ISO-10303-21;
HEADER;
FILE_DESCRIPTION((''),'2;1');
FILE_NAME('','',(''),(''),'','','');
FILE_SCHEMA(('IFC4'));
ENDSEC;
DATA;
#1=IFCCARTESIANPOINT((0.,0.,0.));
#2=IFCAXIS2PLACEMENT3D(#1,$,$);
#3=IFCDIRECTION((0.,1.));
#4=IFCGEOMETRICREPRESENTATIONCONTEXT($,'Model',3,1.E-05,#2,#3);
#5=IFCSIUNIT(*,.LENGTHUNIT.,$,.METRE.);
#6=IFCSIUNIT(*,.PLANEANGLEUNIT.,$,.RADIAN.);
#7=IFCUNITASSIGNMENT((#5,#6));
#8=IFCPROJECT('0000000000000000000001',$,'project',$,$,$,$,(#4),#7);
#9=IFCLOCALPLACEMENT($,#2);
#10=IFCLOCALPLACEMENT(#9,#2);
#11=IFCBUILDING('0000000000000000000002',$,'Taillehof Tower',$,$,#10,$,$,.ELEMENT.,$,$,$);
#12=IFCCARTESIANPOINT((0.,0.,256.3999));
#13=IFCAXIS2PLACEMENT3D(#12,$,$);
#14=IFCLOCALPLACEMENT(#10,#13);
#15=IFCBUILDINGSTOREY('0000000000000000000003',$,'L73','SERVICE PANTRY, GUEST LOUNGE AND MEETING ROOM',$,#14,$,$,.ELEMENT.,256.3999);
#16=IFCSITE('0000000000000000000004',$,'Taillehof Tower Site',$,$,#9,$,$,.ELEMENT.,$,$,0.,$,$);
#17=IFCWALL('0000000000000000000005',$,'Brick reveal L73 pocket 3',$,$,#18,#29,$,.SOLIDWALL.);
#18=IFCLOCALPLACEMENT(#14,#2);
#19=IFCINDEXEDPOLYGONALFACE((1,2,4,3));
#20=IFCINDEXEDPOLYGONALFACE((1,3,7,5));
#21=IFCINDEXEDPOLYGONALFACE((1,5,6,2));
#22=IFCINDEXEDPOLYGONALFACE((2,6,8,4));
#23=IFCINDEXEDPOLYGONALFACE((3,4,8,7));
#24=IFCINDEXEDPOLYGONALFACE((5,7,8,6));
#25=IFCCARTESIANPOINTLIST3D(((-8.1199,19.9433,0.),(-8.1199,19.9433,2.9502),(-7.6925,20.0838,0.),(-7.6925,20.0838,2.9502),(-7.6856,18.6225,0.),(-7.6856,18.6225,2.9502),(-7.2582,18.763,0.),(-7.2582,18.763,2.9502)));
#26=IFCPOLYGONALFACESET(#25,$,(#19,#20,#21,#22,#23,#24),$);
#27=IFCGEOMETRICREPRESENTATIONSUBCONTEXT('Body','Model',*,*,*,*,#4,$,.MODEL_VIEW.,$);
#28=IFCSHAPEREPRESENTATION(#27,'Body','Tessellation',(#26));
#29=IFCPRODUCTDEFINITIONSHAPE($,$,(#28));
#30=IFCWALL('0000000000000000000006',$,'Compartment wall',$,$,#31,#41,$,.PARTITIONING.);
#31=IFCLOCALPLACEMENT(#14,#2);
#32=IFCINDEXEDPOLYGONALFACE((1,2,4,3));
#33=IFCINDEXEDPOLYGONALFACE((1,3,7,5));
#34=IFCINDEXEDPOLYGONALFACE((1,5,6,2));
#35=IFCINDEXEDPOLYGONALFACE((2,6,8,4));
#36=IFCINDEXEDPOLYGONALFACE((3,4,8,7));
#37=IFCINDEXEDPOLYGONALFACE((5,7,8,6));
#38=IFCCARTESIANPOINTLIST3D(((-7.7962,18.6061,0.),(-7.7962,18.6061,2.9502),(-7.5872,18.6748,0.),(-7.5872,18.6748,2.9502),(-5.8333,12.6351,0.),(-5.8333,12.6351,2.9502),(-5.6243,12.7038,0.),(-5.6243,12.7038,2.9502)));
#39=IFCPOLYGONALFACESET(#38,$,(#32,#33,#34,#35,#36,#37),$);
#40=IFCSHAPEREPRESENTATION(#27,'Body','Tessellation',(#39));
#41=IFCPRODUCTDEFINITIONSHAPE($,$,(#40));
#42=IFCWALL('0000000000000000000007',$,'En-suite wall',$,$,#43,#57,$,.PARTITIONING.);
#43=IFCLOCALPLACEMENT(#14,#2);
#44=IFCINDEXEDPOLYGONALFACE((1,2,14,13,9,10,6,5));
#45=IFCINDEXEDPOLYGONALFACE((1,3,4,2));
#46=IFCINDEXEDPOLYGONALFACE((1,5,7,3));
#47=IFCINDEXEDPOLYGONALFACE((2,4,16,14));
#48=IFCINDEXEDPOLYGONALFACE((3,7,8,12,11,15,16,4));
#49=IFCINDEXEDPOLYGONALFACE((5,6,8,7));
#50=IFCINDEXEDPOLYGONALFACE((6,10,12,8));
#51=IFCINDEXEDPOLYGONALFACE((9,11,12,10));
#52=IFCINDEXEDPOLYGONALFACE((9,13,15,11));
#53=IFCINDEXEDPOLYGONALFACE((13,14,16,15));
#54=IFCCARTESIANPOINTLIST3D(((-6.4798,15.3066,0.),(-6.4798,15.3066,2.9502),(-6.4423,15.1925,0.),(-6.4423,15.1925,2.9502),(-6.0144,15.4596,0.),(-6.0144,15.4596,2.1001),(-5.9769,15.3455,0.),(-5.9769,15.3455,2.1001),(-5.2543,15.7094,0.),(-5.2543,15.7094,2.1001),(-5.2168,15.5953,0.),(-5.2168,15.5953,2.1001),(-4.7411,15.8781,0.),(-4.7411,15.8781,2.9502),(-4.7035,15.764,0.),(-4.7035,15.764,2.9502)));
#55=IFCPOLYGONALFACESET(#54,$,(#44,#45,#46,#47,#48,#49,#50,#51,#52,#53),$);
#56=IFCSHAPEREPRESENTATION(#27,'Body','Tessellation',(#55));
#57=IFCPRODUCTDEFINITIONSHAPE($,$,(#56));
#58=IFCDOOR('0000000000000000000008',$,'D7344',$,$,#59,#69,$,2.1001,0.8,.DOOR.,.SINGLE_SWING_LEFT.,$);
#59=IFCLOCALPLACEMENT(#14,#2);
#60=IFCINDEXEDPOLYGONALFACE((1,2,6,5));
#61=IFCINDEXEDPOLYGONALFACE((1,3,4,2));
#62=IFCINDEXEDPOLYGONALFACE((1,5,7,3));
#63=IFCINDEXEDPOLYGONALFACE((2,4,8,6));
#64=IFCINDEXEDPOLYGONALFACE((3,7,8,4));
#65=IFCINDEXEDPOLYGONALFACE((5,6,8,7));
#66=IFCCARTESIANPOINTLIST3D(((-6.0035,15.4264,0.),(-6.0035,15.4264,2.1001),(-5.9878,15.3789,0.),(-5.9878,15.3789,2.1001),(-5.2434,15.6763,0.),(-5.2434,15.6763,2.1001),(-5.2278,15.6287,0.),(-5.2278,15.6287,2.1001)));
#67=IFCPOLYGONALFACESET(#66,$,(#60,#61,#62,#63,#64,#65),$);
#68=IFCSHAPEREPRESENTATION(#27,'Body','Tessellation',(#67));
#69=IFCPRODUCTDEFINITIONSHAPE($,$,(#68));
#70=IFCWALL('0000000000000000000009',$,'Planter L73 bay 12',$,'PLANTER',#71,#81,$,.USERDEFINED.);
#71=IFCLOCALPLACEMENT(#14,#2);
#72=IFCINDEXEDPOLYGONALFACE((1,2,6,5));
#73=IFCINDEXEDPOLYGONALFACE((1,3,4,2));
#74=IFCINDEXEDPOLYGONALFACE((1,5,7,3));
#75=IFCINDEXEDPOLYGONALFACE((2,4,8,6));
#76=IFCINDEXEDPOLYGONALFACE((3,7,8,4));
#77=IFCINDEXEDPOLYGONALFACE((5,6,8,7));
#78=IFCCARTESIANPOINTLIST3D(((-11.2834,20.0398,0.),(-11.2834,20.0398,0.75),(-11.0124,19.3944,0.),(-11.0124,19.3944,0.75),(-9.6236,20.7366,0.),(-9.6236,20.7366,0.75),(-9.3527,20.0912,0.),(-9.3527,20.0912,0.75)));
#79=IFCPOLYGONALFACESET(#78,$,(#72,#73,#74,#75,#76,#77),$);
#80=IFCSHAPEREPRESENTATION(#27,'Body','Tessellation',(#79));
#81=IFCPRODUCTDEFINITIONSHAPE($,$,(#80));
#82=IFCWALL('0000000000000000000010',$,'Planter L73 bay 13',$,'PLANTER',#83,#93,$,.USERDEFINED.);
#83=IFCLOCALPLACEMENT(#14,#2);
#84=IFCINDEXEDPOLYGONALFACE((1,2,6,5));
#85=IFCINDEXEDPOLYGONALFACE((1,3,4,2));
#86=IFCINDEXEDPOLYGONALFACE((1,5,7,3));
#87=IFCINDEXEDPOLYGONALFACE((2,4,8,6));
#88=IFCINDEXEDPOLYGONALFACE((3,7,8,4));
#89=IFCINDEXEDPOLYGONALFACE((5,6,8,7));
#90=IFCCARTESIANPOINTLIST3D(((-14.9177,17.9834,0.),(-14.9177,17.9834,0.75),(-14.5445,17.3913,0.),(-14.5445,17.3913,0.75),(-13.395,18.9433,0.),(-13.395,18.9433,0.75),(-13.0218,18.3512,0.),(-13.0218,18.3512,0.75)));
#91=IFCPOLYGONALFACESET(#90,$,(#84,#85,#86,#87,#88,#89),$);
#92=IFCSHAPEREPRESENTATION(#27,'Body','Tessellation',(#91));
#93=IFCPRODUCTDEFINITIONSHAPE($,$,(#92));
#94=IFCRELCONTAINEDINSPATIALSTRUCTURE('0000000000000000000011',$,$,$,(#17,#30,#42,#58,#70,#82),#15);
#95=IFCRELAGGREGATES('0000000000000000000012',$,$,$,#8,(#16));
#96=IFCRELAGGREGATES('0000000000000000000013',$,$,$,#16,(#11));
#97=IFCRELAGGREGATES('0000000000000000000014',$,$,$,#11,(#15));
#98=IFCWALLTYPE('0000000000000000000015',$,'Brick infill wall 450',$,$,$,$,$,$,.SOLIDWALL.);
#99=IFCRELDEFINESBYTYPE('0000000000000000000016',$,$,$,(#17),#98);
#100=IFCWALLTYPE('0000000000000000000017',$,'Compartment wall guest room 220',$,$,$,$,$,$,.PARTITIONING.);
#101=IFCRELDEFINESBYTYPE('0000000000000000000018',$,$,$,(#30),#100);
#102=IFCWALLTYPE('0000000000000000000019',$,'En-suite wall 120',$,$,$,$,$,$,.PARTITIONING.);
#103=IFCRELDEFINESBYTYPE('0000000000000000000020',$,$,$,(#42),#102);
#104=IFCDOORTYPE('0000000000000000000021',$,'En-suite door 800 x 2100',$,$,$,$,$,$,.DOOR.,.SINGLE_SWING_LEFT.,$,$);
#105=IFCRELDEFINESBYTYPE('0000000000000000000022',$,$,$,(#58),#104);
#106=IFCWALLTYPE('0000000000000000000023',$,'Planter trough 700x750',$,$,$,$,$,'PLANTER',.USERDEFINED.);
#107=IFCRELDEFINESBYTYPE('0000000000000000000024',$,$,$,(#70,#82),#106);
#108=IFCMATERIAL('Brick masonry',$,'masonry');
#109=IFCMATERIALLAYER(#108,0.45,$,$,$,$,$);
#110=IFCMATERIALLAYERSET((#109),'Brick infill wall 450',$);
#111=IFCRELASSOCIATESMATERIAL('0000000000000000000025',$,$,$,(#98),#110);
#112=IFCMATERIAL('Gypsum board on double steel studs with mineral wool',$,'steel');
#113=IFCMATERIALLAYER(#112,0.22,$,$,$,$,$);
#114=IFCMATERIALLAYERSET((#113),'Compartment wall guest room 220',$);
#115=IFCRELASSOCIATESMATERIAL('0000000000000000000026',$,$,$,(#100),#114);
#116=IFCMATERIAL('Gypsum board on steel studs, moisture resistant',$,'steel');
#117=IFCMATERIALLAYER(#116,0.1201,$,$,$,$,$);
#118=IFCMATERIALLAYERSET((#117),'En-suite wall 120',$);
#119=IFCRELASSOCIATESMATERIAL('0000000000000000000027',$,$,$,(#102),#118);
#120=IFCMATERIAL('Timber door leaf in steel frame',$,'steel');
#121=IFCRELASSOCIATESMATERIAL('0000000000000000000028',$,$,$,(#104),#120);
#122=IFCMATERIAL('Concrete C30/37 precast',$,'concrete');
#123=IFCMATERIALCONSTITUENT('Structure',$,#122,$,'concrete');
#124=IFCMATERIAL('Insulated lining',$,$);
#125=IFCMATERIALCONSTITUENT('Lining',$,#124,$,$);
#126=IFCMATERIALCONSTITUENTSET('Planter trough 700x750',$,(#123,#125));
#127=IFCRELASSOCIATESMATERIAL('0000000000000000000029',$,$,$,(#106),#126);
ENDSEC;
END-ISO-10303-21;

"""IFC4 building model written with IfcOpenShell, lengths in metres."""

from ifc_helpers import new_model, si_unit, direction, frame, frame_2d, origin, place, context, subcontext, project, spatial, rectangle, extrude, material, layer, layer_set, constituent, constituent_set, type_object, element, fill, save


model = new_model("IFC4")

# Units and contexts
model_context = context("Model", 3, precision=1e-05, world=origin(), true_north=direction((0.0, 1.0)))
body_context = subcontext(model_context, "Body", "Model", "MODEL_VIEW")
ifc_project = project(units=[si_unit("LENGTHUNIT", "METRE"), si_unit("PLANEANGLEUNIT", "RADIAN")], contexts=[model_context])

# Site, building, storey
site_placement = place(None, origin())
site = spatial("IfcSite", under=ifc_project, at=site_placement, Name="Taillehof Tower Site", CompositionType="ELEMENT", RefElevation=0.0)
building_placement = place(site_placement, origin())
building = spatial("IfcBuilding", under=site, at=building_placement, Name="Taillehof Tower", CompositionType="ELEMENT")
storey_placement = place(building_placement, frame((0.0, 0.0, 256.3999)))
storey = spatial("IfcBuildingStorey", under=building, at=storey_placement, Name="L73", Description="SERVICE PANTRY, GUEST LOUNGE AND MEETING ROOM", CompositionType="ELEMENT", Elevation=256.3999)

# Shared definitions
ifc_material_1 = material(Name="Brick masonry", Category="masonry")
ifc_layer_1 = layer(ifc_material_1, 0.45)
ifc_layer_set_1 = layer_set([ifc_layer_1], Name="Brick infill wall 450")
wall_type_1 = type_object("IfcWallType", Name="Brick infill wall 450", PredefinedType="SOLIDWALL", material=ifc_layer_set_1)

# Wall
wall_1_placement = place(storey_placement, frame((-7.9062, 20.0137, 0.0), z_axis=(0.0, 0.0, 1.0), x_axis=(0.31238, -0.949957, 0.0)))
element("IfcWall", 1, at=wall_1_placement, inside=storey, type_object=wall_type_1, Name="Brick reveal L73 pocket 3", PredefinedType="SOLIDWALL", context=body_context, shape_type="SweptSolid", body=[
    extrude(rectangle(XDim=1.3904, YDim=0.45, at=frame_2d((0.6953, 0.0))), origin(), (0.0, 0.0, 1.0), 2.9502),
])

# Wall
ifc_material_2 = material(Name="Gypsum board on double steel studs with mineral wool", Category="steel")
ifc_layer_2 = layer(ifc_material_2, 0.22)
ifc_layer_set_2 = layer_set([ifc_layer_2], Name="Compartment wall guest room 220")
wall_type_2 = type_object("IfcWallType", Name="Compartment wall guest room 220", PredefinedType="PARTITIONING", material=ifc_layer_set_2)
wall_2_placement = place(storey_placement, frame((-7.6917, 18.6404, 0.0), z_axis=(0.0, 0.0, 1.0), x_axis=(0.312298, -0.949984, 0.0)))
element("IfcWall", 2, at=wall_2_placement, inside=storey, type_object=wall_type_2, Name="Compartment wall", PredefinedType="PARTITIONING", context=body_context, shape_type="SweptSolid", body=[
    extrude(rectangle(XDim=6.2854, YDim=0.22, at=frame_2d((3.1426, 0.0))), origin(), (0.0, 0.0, 1.0), 2.9502),
])

# Wall, opening, door
ifc_material_3 = material(Name="Gypsum board on steel studs, moisture resistant", Category="steel")
ifc_layer_3 = layer(ifc_material_3, 0.1201)
ifc_layer_set_3 = layer_set([ifc_layer_3], Name="En-suite wall 120")
wall_type_3 = type_object("IfcWallType", Name="En-suite wall 120", PredefinedType="PARTITIONING", material=ifc_layer_set_3)
wall_3_placement = place(storey_placement, frame((-4.7224, 15.821, 0.0), z_axis=(0.0, 0.0, 1.0), x_axis=(-0.949996, -0.312263, 0.0)))
wall_3 = element("IfcWall", 3, at=wall_3_placement, inside=storey, type_object=wall_type_3, Name="En-suite wall", PredefinedType="PARTITIONING", context=body_context, shape_type="SweptSolid", body=[
    extrude(rectangle(XDim=1.8303, YDim=0.1201, at=frame_2d((0.915, 0.0))), origin(), (0.0, 0.0, 1.0), 2.9502),
])
opening_1_placement = place(wall_3_placement, frame((0.5403, 0.0, 0.0)))
opening_1 = element("IfcOpeningElement", 4, at=opening_1_placement, cuts=wall_3, PredefinedType="OPENING", context=body_context, shape_type="SweptSolid", body=[
    extrude(rectangle(XDim=0.8, YDim=2.1001, at=frame_2d((0.3999, 1.05))), frame((0.0, 0.0701, 0.0), z_axis=(0.0, -1.0, 0.0), x_axis=(1.0, 0.0, 0.0)), (0.0, 0.0, 1.0), 0.1401),
])
ifc_material_4 = material(Name="Timber door leaf in steel frame", Category="steel")
door_type_1 = type_object("IfcDoorType", Name="En-suite door 800 x 2100", OperationType="SINGLE_SWING_LEFT", PredefinedType="DOOR", material=ifc_material_4)
door_1_placement = place(opening_1_placement, origin())
door_1 = element("IfcDoor", 5, at=door_1_placement, inside=storey, type_object=door_type_1, Name="D7344", OperationType="SINGLE_SWING_LEFT", OverallHeight=2.1001, OverallWidth=0.8, PredefinedType="DOOR", context=body_context, shape_type="SweptSolid", body=[
    extrude(rectangle(XDim=0.8, YDim=2.1001, at=frame_2d((0.3999, 1.05))), frame((0.0, 0.0249, 0.0), z_axis=(0.0, -1.0, 0.0), x_axis=(1.0, 0.0, 0.0)), (0.0, 0.0, 1.0), 0.05),
])
fill(opening_1, door_1)

# Walls
ifc_material_5 = material(Name="Concrete C30/37 precast", Category="concrete")
ifc_constituent_1 = constituent(ifc_material_5, Name="Structure", Category="concrete")
ifc_material_6 = material(Name="Insulated lining")
ifc_constituent_2 = constituent(ifc_material_6, Name="Lining")
ifc_constituent_set = constituent_set(constituents=[ifc_constituent_1, ifc_constituent_2], Name="Planter trough 700x750")
wall_type_4 = type_object("IfcWallType", Name="Planter trough 700x750", ElementType="PLANTER", PredefinedType="USERDEFINED", material=ifc_constituent_set)
for number, where, z_axis, x_axis, name in (
    (6, (-9.4883, 20.4138, 0.0), (0.0, 0.0, 1.0), (-0.922038, -0.387099, 0.0), "Planter L73 bay 12"),
    (7, (-13.2085, 18.6472, 0.0), (0.0, 0.0, 1.0), (-0.845927, -0.533299, 0.0), "Planter L73 bay 13"),
):
    element("IfcWall", number, at=place(storey_placement, frame(where, z_axis=z_axis, x_axis=x_axis)), inside=storey, type_object=wall_type_4, Name=name, ObjectType="PLANTER", PredefinedType="USERDEFINED", context=body_context, shape_type="SweptSolid", body=[
        extrude(rectangle(XDim=1.8, YDim=0.7, at=frame_2d((0.8999, 0.0))), origin(), (0.0, 0.0, 1.0), 0.75),
    ])

save(model, "model.ifc")
